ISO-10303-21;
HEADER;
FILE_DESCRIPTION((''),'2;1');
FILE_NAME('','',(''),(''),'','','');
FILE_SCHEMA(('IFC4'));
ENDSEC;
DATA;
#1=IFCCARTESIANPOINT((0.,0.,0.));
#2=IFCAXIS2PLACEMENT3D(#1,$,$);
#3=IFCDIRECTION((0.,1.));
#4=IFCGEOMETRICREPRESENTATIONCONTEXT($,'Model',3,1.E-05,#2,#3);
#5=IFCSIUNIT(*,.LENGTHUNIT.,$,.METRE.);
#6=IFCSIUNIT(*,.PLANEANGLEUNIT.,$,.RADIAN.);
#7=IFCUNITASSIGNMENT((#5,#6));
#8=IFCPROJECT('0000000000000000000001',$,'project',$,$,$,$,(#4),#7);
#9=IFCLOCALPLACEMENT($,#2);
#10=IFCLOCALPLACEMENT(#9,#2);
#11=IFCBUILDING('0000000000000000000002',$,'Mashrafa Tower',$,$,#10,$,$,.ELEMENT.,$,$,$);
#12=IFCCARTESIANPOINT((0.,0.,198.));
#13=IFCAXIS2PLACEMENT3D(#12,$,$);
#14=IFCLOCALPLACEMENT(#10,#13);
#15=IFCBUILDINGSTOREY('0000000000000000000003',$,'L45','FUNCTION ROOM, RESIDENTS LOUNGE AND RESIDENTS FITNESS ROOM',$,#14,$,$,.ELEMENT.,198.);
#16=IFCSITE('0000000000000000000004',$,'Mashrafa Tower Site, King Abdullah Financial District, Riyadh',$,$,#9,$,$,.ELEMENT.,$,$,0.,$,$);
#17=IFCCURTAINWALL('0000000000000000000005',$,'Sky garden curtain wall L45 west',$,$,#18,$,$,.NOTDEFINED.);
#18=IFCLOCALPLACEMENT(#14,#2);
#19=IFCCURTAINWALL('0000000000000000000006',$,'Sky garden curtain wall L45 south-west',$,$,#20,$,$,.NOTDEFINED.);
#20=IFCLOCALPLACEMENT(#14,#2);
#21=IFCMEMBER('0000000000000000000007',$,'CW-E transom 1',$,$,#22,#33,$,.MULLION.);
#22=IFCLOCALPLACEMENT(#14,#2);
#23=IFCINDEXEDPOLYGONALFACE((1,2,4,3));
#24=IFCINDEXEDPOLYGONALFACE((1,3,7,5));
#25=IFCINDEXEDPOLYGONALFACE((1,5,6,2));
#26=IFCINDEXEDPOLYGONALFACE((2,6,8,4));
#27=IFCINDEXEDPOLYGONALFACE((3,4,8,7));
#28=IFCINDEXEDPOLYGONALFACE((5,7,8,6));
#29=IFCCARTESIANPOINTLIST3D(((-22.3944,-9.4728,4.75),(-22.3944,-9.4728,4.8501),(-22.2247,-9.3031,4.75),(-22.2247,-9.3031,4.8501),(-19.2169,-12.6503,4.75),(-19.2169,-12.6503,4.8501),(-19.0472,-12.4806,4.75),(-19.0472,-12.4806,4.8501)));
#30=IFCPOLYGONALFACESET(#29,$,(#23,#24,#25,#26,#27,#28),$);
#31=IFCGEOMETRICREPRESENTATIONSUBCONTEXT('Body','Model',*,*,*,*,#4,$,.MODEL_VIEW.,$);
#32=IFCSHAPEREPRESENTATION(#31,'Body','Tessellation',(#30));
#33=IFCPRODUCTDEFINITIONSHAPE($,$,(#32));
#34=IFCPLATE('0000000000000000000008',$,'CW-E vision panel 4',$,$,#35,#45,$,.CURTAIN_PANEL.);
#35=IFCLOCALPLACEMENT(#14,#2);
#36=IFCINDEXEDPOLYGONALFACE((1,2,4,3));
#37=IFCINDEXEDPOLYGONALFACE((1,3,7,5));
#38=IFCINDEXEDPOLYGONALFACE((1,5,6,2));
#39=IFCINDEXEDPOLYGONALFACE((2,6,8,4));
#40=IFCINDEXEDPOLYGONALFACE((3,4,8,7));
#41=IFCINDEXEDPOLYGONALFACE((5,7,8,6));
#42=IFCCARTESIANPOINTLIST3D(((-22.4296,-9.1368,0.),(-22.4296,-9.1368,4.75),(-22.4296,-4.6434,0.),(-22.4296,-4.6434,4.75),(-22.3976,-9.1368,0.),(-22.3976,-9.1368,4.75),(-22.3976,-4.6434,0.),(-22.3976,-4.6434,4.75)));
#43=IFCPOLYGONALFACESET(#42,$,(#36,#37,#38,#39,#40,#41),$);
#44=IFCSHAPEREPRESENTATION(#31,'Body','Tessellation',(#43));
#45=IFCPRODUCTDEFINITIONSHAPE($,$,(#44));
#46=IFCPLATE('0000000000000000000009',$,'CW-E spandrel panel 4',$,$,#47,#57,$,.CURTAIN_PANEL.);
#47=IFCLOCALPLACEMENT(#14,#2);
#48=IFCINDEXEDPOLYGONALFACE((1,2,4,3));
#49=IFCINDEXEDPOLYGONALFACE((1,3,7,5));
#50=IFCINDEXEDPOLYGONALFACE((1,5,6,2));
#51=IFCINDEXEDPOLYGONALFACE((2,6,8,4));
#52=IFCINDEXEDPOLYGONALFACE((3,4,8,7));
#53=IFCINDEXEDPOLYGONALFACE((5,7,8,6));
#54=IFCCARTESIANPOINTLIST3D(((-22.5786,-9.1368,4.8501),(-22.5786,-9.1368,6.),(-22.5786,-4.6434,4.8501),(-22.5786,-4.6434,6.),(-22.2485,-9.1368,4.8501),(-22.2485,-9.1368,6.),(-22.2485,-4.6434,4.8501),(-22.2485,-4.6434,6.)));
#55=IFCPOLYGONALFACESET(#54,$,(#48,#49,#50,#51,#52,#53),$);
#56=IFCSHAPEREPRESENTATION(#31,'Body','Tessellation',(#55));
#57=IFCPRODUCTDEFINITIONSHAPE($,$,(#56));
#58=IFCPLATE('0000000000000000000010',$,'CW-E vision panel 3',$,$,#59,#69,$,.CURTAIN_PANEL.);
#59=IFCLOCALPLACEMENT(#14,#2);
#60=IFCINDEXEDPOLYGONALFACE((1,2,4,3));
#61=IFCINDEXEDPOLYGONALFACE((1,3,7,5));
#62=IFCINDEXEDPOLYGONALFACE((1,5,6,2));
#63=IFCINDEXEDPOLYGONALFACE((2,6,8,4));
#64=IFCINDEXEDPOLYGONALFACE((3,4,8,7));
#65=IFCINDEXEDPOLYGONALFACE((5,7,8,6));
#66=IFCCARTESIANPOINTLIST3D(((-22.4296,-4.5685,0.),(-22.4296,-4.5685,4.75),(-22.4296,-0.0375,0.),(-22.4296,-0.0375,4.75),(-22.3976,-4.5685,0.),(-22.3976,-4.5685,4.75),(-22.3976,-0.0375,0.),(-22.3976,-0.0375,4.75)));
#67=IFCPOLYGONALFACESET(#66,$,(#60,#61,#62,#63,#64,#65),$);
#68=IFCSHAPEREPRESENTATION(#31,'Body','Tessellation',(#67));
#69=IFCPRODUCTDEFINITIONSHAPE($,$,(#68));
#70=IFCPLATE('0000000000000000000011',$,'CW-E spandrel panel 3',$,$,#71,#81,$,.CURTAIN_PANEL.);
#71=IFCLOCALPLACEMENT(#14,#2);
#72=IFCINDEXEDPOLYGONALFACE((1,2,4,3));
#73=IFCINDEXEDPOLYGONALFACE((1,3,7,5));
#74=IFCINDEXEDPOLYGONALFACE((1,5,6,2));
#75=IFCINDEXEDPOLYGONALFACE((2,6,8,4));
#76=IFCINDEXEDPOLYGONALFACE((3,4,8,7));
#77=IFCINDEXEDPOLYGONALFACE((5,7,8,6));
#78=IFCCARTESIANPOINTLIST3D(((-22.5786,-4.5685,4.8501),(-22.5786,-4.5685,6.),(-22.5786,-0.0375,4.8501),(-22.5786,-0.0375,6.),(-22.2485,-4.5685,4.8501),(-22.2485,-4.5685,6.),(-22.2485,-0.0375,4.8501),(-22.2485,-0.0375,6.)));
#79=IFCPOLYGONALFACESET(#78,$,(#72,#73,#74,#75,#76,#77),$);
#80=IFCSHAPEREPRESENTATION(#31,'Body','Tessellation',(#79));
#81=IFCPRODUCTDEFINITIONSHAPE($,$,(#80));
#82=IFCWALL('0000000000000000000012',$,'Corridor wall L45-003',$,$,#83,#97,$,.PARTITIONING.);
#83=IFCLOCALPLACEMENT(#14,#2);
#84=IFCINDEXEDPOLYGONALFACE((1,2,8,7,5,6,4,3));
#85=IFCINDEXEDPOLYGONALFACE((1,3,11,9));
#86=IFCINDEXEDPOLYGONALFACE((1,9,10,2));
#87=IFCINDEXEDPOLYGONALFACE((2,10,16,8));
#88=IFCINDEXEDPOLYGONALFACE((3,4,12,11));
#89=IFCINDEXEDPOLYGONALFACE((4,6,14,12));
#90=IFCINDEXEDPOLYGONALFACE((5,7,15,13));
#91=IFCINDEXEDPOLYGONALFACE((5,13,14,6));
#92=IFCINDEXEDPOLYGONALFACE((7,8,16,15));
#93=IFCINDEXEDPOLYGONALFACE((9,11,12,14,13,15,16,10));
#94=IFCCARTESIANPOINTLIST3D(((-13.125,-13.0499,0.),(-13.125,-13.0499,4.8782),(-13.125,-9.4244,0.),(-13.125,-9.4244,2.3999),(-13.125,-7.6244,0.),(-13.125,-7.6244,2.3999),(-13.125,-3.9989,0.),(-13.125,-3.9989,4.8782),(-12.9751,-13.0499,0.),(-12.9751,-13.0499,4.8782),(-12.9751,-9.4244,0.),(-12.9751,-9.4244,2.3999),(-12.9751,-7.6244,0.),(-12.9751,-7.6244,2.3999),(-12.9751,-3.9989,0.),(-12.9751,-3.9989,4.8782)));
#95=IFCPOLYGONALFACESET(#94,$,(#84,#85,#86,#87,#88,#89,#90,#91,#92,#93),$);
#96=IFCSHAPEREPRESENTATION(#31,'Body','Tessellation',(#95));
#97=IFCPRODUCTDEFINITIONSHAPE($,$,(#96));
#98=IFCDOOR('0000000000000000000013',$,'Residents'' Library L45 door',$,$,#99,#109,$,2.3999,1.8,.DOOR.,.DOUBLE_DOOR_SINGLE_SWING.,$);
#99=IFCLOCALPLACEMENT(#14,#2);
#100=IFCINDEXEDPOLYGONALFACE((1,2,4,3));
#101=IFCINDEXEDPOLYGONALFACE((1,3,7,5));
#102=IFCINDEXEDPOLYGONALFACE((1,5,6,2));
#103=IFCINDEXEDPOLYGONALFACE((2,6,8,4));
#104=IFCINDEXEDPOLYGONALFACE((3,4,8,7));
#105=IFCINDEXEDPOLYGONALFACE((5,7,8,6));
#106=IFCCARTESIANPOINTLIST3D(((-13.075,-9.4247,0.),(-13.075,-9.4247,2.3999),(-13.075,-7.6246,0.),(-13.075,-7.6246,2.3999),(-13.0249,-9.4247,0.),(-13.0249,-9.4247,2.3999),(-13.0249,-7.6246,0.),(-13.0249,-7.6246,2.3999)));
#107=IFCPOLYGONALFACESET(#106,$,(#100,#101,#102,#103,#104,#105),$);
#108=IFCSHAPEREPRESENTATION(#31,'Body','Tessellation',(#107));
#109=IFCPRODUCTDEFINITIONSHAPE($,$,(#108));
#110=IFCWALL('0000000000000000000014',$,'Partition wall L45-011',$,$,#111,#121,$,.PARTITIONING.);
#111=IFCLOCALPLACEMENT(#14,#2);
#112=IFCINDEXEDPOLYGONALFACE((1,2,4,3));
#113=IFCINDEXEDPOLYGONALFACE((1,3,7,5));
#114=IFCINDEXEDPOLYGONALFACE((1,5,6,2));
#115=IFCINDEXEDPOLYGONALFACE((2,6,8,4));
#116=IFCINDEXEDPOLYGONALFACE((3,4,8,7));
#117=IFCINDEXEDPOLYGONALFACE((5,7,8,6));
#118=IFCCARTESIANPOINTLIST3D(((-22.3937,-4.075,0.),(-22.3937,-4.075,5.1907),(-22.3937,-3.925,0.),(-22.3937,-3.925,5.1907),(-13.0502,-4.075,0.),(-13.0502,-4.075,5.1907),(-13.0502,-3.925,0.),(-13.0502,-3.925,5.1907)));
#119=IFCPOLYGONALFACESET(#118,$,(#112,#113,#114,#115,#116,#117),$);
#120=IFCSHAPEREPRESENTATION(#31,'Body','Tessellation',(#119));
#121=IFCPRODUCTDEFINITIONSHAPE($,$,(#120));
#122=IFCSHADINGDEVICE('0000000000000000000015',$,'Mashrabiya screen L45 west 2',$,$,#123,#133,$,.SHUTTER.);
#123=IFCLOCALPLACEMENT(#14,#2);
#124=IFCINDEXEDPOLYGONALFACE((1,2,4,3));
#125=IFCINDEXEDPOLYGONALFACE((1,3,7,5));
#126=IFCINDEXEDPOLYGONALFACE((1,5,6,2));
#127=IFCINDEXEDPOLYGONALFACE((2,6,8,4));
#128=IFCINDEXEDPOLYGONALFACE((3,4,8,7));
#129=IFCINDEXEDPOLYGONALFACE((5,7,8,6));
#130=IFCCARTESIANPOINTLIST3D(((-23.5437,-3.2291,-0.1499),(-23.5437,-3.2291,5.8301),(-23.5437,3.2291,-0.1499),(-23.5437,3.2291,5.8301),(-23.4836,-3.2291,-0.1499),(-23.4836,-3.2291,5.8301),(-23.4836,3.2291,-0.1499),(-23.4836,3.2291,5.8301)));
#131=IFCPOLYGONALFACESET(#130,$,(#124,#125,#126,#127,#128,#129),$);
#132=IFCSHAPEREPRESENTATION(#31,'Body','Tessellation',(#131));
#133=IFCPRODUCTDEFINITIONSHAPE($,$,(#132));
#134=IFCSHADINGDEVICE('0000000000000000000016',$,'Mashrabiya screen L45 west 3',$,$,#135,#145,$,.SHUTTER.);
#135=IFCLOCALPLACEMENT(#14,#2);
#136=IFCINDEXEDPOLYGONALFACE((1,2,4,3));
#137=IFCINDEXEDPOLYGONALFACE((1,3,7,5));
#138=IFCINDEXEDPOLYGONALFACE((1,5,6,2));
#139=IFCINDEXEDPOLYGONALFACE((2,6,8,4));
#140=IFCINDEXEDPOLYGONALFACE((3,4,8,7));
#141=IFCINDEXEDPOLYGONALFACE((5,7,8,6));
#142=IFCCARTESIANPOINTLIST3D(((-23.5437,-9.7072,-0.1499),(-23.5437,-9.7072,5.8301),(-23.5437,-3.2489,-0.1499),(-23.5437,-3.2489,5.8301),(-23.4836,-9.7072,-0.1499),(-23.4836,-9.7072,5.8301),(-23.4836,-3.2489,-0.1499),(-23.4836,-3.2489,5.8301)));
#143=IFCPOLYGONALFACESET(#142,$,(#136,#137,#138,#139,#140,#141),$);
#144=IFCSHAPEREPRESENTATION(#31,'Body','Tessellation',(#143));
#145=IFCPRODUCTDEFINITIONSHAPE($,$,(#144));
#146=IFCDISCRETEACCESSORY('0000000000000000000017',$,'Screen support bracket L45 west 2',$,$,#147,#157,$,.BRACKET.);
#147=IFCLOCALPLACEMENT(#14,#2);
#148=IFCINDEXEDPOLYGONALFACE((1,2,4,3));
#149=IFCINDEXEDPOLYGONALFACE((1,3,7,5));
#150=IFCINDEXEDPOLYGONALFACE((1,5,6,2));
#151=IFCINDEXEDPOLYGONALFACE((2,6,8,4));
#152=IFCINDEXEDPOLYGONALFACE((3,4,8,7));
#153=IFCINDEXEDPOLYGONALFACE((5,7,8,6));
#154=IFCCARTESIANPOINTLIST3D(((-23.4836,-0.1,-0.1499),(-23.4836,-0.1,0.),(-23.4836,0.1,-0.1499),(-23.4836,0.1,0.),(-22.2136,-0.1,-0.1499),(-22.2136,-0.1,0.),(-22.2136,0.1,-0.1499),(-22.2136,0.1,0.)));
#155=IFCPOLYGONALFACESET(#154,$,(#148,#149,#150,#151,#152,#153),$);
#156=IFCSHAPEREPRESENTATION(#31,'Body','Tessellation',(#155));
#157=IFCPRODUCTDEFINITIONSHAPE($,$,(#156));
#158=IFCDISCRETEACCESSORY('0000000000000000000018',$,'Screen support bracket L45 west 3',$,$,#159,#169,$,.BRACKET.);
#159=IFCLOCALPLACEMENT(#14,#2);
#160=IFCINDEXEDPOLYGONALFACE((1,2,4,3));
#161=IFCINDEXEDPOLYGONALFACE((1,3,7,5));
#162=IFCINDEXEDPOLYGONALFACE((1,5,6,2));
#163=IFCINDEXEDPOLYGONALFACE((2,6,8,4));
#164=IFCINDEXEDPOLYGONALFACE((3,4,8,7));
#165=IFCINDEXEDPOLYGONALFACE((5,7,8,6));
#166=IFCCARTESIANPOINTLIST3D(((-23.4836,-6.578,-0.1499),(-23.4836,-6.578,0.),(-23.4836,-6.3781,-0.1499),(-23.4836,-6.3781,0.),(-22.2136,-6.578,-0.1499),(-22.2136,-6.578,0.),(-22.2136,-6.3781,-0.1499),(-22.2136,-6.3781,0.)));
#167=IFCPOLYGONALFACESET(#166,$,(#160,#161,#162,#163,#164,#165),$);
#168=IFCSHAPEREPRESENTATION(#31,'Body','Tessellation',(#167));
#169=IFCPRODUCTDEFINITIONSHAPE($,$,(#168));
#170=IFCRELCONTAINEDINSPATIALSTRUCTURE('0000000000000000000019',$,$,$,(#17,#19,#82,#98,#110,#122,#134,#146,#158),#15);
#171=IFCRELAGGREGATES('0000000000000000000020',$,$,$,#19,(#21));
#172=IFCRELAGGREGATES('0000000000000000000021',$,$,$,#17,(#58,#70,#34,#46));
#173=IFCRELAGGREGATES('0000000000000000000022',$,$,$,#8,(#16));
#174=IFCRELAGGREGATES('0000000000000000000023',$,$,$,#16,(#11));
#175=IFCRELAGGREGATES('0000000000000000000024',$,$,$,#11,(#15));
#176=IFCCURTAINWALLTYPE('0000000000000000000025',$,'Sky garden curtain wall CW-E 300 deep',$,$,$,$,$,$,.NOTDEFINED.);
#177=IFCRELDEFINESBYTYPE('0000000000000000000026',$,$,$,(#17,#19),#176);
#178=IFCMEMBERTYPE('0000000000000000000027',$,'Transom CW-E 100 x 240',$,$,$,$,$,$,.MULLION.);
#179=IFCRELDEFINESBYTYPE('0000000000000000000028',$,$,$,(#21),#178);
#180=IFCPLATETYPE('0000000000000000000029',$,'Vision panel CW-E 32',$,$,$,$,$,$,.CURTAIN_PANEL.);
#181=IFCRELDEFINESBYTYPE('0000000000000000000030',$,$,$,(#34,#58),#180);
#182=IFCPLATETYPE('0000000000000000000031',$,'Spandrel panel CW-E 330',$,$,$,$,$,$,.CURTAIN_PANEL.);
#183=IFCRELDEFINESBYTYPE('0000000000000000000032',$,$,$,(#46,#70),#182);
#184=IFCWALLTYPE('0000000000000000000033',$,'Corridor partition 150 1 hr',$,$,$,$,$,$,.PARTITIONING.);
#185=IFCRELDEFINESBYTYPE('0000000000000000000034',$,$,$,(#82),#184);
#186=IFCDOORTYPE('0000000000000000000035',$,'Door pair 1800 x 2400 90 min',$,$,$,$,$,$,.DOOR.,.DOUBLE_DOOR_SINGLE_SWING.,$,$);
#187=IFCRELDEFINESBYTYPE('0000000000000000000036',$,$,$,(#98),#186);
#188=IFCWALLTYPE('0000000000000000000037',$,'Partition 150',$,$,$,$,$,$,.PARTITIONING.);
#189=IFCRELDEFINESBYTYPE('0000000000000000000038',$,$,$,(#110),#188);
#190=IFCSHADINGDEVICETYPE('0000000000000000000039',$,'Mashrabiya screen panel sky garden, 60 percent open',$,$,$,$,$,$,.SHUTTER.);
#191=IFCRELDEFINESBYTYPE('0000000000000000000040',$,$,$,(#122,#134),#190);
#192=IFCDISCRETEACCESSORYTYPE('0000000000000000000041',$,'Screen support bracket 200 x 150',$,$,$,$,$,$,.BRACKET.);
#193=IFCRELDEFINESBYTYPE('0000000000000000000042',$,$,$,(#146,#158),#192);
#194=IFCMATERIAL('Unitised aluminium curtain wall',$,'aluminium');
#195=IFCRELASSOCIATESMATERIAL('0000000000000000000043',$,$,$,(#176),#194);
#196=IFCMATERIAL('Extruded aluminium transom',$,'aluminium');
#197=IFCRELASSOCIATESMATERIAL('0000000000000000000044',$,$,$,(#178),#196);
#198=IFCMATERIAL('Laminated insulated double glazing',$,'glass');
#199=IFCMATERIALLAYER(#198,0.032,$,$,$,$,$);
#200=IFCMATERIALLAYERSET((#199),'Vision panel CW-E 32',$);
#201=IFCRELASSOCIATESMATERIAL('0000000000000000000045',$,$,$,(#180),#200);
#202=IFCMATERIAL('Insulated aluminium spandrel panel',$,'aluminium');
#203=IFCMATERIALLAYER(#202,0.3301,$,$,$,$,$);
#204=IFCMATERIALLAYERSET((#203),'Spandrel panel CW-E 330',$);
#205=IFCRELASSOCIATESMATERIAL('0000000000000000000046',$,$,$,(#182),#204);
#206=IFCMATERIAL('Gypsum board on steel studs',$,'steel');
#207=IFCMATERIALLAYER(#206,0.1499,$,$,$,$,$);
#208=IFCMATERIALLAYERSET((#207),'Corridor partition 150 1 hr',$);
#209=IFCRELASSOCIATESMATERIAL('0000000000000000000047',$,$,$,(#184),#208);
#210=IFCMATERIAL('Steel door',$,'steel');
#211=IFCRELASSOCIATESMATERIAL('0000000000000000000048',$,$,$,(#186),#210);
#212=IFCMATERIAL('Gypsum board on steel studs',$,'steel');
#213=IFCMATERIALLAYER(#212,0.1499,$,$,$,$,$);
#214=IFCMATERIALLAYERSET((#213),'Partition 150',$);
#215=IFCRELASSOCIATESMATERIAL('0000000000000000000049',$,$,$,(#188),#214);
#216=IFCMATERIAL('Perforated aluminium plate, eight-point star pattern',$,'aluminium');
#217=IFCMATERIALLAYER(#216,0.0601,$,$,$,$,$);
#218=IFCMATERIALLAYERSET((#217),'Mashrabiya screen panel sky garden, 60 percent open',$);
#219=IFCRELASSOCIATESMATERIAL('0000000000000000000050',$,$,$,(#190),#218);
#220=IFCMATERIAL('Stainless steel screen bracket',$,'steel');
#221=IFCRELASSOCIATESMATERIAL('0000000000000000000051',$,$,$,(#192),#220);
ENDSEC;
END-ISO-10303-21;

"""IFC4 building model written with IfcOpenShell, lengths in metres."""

from ifc_helpers import new_model, si_unit, direction, frame, frame_2d, origin, origin_2d, place, context, subcontext, project, spatial, rectangle, extrude, source, transform, mapped, material, layer, layer_set, material_profile, profile_set, type_object, type_shapes, element, fill, aggregate, save


model = new_model("IFC4")

# Units and contexts
model_context = context("Model", 3, precision=1e-05, world=origin(), true_north=direction((0.0, 1.0)))
body_context = subcontext(model_context, "Body", "Model", "MODEL_VIEW")
ifc_project = project(units=[si_unit("LENGTHUNIT", "METRE"), si_unit("PLANEANGLEUNIT", "RADIAN")], contexts=[model_context])

# Site, building, storey
site_placement = place(None, origin())
site = spatial("IfcSite", under=ifc_project, at=site_placement, Name="Mashrafa Tower Site, King Abdullah Financial District, Riyadh", CompositionType="ELEMENT", RefElevation=0.0)
building_placement = place(site_placement, origin())
building = spatial("IfcBuilding", under=site, at=building_placement, Name="Mashrafa Tower", CompositionType="ELEMENT")
storey_placement = place(building_placement, frame((0.0, 0.0, 198.0)))
storey = spatial("IfcBuildingStorey", under=building, at=storey_placement, Name="L45", Description="FUNCTION ROOM, RESIDENTS LOUNGE AND RESIDENTS FITNESS ROOM", CompositionType="ELEMENT", Elevation=198.0)

# Curtain wall
ifc_material_1 = material(Name="Unitised aluminium curtain wall", Category="aluminium")
curtain_wall_type = type_object("IfcCurtainWallType", Name="Sky garden curtain wall CW-E 300 deep", PredefinedType="NOTDEFINED", material=ifc_material_1)
curtain_wall_1_placement = place(storey_placement, origin())
curtain_wall_1 = element("IfcCurtainWall", 1, at=curtain_wall_1_placement, inside=storey, type_object=curtain_wall_type, Name="Sky garden curtain wall L45 west", PredefinedType="NOTDEFINED")

# Curtain wall
curtain_wall_2_placement = place(storey_placement, origin())
curtain_wall_2 = element("IfcCurtainWall", 2, at=curtain_wall_2_placement, inside=storey, type_object=curtain_wall_type, Name="Sky garden curtain wall L45 south-west", PredefinedType="NOTDEFINED")

# Member
ifc_material_2 = material(Name="Extruded aluminium transom", Category="aluminium")
ifc_material_profile_1 = material_profile(ifc_material_2, rectangle(XDim=0.24, YDim=0.1001, at=origin_2d()), Name="Transom 100x240")
ifc_profile_set_1 = profile_set([ifc_material_profile_1], Name="Extruded aluminium transom")
member_type_1 = type_object("IfcMemberType", Name="Transom CW-E 100 x 240", PredefinedType="MULLION", material=ifc_profile_set_1)
shared_shape_1 = source(origin(), body_context, "Body", "SweptSolid", [
    extrude(rectangle(XDim=0.24, YDim=0.1001, at=origin_2d()), origin(), (0.0, 0.0, 1.0), 4.4937),
])
member_1_placement = place(storey_placement, frame((-22.3096, -9.3879, 4.8), z_axis=(0.707107, -0.707107, 0.0), x_axis=(0.707107, 0.707107, 0.0)))
member_1 = element("IfcMember", 3, at=member_1_placement, type_object=member_type_1, Name="CW-E transom 1", PredefinedType="MULLION", context=body_context, shape_type="MappedRepresentation", body=[
    mapped(shared_shape_1, transform((0.0, 0.0, 0.0))),
])
aggregate(curtain_wall_2, [member_1])

# Plates
ifc_material_3 = material(Name="Laminated insulated double glazing", Category="glass")
ifc_layer_1 = layer(ifc_material_3, 0.032)
ifc_layer_set_1 = layer_set([ifc_layer_1], Name="Vision panel CW-E 32")
plate_type_1 = type_object("IfcPlateType", Name="Vision panel CW-E 32", PredefinedType="CURTAIN_PANEL", material=ifc_layer_set_1)
shared_shape_2 = source(origin(), body_context, "Body", "SweptSolid", [
    extrude(rectangle(XDim=4.4934, YDim=0.032, at=origin_2d()), origin(), (0.0, 0.0, 1.0), 4.75),
])
plate_1_placement = place(storey_placement, frame((-22.4136, -6.8901, 0.0), z_axis=(0.0, 0.0, 1.0), x_axis=(0.0, -1.0, 0.0)))
plate_1 = element("IfcPlate", 4, at=plate_1_placement, type_object=plate_type_1, Name="CW-E vision panel 4", PredefinedType="CURTAIN_PANEL", context=body_context, shape_type="MappedRepresentation", body=[
    mapped(shared_shape_2, transform((0.0, 0.0, 0.0))),
])
ifc_material_4 = material(Name="Insulated aluminium spandrel panel", Category="aluminium")
ifc_layer_2 = layer(ifc_material_4, 0.3301)
ifc_layer_set_2 = layer_set([ifc_layer_2], Name="Spandrel panel CW-E 330")
plate_type_2 = type_object("IfcPlateType", Name="Spandrel panel CW-E 330", PredefinedType="CURTAIN_PANEL", material=ifc_layer_set_2)
shared_shape_3 = source(origin(), body_context, "Body", "SweptSolid", [
    extrude(rectangle(XDim=4.4934, YDim=0.3301, at=origin_2d()), origin(), (0.0, 0.0, 1.0), 1.1499),
])
plate_2_placement = place(storey_placement, frame((-22.4136, -6.8901, 4.8501), z_axis=(0.0, 0.0, 1.0), x_axis=(0.0, -1.0, 0.0)))
plate_2 = element("IfcPlate", 5, at=plate_2_placement, type_object=plate_type_2, Name="CW-E spandrel panel 4", PredefinedType="CURTAIN_PANEL", context=body_context, shape_type="MappedRepresentation", body=[
    mapped(shared_shape_3, transform((0.0, 0.0, 0.0))),
])
shared_shape_4 = source(origin(), body_context, "Body", "SweptSolid", [
    extrude(rectangle(XDim=4.531, YDim=0.032, at=origin_2d()), origin(), (0.0, 0.0, 1.0), 4.75),
])
type_shapes(plate_type_1, [shared_shape_2, shared_shape_4])
plate_3_placement = place(storey_placement, frame((-22.4136, -2.303, 0.0), z_axis=(0.0, 0.0, 1.0), x_axis=(0.0, -1.0, 0.0)))
plate_3 = element("IfcPlate", 6, at=plate_3_placement, type_object=plate_type_1, Name="CW-E vision panel 3", PredefinedType="CURTAIN_PANEL", context=body_context, shape_type="MappedRepresentation", body=[
    mapped(shared_shape_4, transform((0.0, 0.0, 0.0))),
])
shared_shape_5 = source(origin(), body_context, "Body", "SweptSolid", [
    extrude(rectangle(XDim=4.531, YDim=0.3301, at=origin_2d()), origin(), (0.0, 0.0, 1.0), 1.1499),
])
type_shapes(plate_type_2, [shared_shape_3, shared_shape_5])
plate_4_placement = place(storey_placement, frame((-22.4136, -2.303, 4.8501), z_axis=(0.0, 0.0, 1.0), x_axis=(0.0, -1.0, 0.0)))
plate_4 = element("IfcPlate", 7, at=plate_4_placement, type_object=plate_type_2, Name="CW-E spandrel panel 3", PredefinedType="CURTAIN_PANEL", context=body_context, shape_type="MappedRepresentation", body=[
    mapped(shared_shape_5, transform((0.0, 0.0, 0.0))),
])
aggregate(curtain_wall_1, [plate_3, plate_4, plate_1, plate_2])

# Wall, opening, door
ifc_material_5 = material(Name="Gypsum board on steel studs", Category="steel")
ifc_layer_3 = layer(ifc_material_5, 0.1499)
ifc_layer_set_3 = layer_set([ifc_layer_3], Name="Corridor partition 150 1 hr")
wall_type_1 = type_object("IfcWallType", Name="Corridor partition 150 1 hr", PredefinedType="PARTITIONING", material=ifc_layer_set_3)
wall_1_placement = place(storey_placement, frame((-13.05, -3.999, 0.0), z_axis=(0.0, 0.0, 1.0), x_axis=(0.0, -1.0, 0.0)))
wall_1 = element("IfcWall", 8, at=wall_1_placement, inside=storey, type_object=wall_type_1, Name="Corridor wall L45-003", PredefinedType="PARTITIONING", context=body_context, shape_type="SweptSolid", body=[
    extrude(rectangle(XDim=9.051, YDim=0.1499, at=frame_2d((4.5254, 0.0))), origin(), (0.0, 0.0, 1.0), 4.8782),
])
opening_placement = place(wall_1_placement, frame((3.6255, 0.0, 0.0)))
opening = element("IfcOpeningElement", 9, at=opening_placement, cuts=wall_1, PredefinedType="OPENING", context=body_context, shape_type="SweptSolid", body=[
    extrude(rectangle(XDim=1.8, YDim=2.3999, at=frame_2d((0.8999, 1.2))), frame((0.0, 0.085, 0.0), z_axis=(0.0, -1.0, 0.0), x_axis=(1.0, 0.0, 0.0)), (0.0, 0.0, 1.0), 0.1699),
])
ifc_material_6 = material(Name="Steel door", Category="steel")
door_type = type_object("IfcDoorType", Name="Door pair 1800 x 2400 90 min", OperationType="DOUBLE_DOOR_SINGLE_SWING", PredefinedType="DOOR", material=ifc_material_6)
door_placement = place(opening_placement, frame((1.8, 0.0, 0.0), z_axis=(0.0, 0.0, 1.0), x_axis=(-1.0, 0.0, 0.0)))
door = element("IfcDoor", 10, at=door_placement, inside=storey, type_object=door_type, Name="Residents' Library L45 door", OperationType="DOUBLE_DOOR_SINGLE_SWING", OverallHeight=2.3999, OverallWidth=1.8, PredefinedType="DOOR", context=body_context, shape_type="SweptSolid", body=[
    extrude(rectangle(XDim=1.8, YDim=2.3999, at=frame_2d((0.8999, 1.2))), frame((0.0, 0.0249, 0.0), z_axis=(0.0, -1.0, 0.0), x_axis=(1.0, 0.0, 0.0)), (0.0, 0.0, 1.0), 0.05),
])
fill(opening, door)

# Wall
ifc_material_7 = material(Name="Gypsum board on steel studs", Category="steel")
ifc_layer_4 = layer(ifc_material_7, 0.1499)
ifc_layer_set_4 = layer_set([ifc_layer_4], Name="Partition 150")
wall_type_2 = type_object("IfcWallType", Name="Partition 150", PredefinedType="PARTITIONING", material=ifc_layer_set_4)
wall_2_placement = place(storey_placement, frame((-13.05, -4.0, 0.0), z_axis=(0.0, 0.0, 1.0), x_axis=(-1.0, 0.0, 0.0)))
element("IfcWall", 11, at=wall_2_placement, inside=storey, type_object=wall_type_2, Name="Partition wall L45-011", PredefinedType="PARTITIONING", context=body_context, shape_type="SweptSolid", body=[
    extrude(rectangle(XDim=9.3435, YDim=0.1499, at=frame_2d((4.6719, 0.0))), origin(), (0.0, 0.0, 1.0), 5.1907),
])

# Shading devices
ifc_material_8 = material(Name="Perforated aluminium plate, eight-point star pattern", Category="aluminium")
ifc_layer_5 = layer(ifc_material_8, 0.0601)
ifc_layer_set_5 = layer_set([ifc_layer_5], Name="Mashrabiya screen panel sky garden, 60 percent open")
shading_device_type = type_object("IfcShadingDeviceType", Name="Mashrabiya screen panel sky garden, 60 percent open", PredefinedType="SHUTTER", material=ifc_layer_set_5)
shared_shape_6 = source(origin(), body_context, "Body", "SweptSolid", [
    extrude(rectangle(XDim=6.4583, YDim=0.0601, at=origin_2d()), origin(), (0.0, 0.0, 1.0), 5.98),
])
type_shapes(shading_device_type, [shared_shape_6])
for number, where, z_axis, x_axis, name in (
    (12, (-23.5137, 0.0, -0.1499), (0.0, 0.0, 1.0), (0.0, -1.0, 0.0), "Mashrabiya screen L45 west 2"),
    (13, (-23.5137, -6.478, -0.1499), (0.0, 0.0, 1.0), (0.0, -1.0, 0.0), "Mashrabiya screen L45 west 3"),
):
    element("IfcShadingDevice", number, at=place(storey_placement, frame(where, z_axis=z_axis, x_axis=x_axis)), inside=storey, type_object=shading_device_type, Name=name, PredefinedType="SHUTTER", context=body_context, shape_type="MappedRepresentation", body=[
        mapped(shared_shape_6, transform((0.0, 0.0, 0.0))),
    ])

# Discrete accessories
ifc_material_9 = material(Name="Stainless steel screen bracket", Category="steel")
discrete_accessory_type = type_object("IfcDiscreteAccessoryType", Name="Screen support bracket 200 x 150", PredefinedType="BRACKET", material=ifc_material_9)
shared_shape_7 = source(origin(), body_context, "Body", "SweptSolid", [
    extrude(rectangle(XDim=0.2, YDim=1.27, at=origin_2d()), origin(), (0.0, 0.0, 1.0), 0.1499),
])
type_shapes(discrete_accessory_type, [shared_shape_7])
for number, where, z_axis, x_axis, name in (
    (14, (-22.8486, 0.0, -0.1499), (0.0, 0.0, 1.0), (0.0, -1.0, 0.0), "Screen support bracket L45 west 2"),
    (15, (-22.8486, -6.478, -0.1499), (0.0, 0.0, 1.0), (0.0, -1.0, 0.0), "Screen support bracket L45 west 3"),
):
    element("IfcDiscreteAccessory", number, at=place(storey_placement, frame(where, z_axis=z_axis, x_axis=x_axis)), inside=storey, type_object=discrete_accessory_type, Name=name, PredefinedType="BRACKET", context=body_context, shape_type="MappedRepresentation", body=[
        mapped(shared_shape_7, transform((0.0, 0.0, 0.0))),
    ])

save(model, "model.ifc")
